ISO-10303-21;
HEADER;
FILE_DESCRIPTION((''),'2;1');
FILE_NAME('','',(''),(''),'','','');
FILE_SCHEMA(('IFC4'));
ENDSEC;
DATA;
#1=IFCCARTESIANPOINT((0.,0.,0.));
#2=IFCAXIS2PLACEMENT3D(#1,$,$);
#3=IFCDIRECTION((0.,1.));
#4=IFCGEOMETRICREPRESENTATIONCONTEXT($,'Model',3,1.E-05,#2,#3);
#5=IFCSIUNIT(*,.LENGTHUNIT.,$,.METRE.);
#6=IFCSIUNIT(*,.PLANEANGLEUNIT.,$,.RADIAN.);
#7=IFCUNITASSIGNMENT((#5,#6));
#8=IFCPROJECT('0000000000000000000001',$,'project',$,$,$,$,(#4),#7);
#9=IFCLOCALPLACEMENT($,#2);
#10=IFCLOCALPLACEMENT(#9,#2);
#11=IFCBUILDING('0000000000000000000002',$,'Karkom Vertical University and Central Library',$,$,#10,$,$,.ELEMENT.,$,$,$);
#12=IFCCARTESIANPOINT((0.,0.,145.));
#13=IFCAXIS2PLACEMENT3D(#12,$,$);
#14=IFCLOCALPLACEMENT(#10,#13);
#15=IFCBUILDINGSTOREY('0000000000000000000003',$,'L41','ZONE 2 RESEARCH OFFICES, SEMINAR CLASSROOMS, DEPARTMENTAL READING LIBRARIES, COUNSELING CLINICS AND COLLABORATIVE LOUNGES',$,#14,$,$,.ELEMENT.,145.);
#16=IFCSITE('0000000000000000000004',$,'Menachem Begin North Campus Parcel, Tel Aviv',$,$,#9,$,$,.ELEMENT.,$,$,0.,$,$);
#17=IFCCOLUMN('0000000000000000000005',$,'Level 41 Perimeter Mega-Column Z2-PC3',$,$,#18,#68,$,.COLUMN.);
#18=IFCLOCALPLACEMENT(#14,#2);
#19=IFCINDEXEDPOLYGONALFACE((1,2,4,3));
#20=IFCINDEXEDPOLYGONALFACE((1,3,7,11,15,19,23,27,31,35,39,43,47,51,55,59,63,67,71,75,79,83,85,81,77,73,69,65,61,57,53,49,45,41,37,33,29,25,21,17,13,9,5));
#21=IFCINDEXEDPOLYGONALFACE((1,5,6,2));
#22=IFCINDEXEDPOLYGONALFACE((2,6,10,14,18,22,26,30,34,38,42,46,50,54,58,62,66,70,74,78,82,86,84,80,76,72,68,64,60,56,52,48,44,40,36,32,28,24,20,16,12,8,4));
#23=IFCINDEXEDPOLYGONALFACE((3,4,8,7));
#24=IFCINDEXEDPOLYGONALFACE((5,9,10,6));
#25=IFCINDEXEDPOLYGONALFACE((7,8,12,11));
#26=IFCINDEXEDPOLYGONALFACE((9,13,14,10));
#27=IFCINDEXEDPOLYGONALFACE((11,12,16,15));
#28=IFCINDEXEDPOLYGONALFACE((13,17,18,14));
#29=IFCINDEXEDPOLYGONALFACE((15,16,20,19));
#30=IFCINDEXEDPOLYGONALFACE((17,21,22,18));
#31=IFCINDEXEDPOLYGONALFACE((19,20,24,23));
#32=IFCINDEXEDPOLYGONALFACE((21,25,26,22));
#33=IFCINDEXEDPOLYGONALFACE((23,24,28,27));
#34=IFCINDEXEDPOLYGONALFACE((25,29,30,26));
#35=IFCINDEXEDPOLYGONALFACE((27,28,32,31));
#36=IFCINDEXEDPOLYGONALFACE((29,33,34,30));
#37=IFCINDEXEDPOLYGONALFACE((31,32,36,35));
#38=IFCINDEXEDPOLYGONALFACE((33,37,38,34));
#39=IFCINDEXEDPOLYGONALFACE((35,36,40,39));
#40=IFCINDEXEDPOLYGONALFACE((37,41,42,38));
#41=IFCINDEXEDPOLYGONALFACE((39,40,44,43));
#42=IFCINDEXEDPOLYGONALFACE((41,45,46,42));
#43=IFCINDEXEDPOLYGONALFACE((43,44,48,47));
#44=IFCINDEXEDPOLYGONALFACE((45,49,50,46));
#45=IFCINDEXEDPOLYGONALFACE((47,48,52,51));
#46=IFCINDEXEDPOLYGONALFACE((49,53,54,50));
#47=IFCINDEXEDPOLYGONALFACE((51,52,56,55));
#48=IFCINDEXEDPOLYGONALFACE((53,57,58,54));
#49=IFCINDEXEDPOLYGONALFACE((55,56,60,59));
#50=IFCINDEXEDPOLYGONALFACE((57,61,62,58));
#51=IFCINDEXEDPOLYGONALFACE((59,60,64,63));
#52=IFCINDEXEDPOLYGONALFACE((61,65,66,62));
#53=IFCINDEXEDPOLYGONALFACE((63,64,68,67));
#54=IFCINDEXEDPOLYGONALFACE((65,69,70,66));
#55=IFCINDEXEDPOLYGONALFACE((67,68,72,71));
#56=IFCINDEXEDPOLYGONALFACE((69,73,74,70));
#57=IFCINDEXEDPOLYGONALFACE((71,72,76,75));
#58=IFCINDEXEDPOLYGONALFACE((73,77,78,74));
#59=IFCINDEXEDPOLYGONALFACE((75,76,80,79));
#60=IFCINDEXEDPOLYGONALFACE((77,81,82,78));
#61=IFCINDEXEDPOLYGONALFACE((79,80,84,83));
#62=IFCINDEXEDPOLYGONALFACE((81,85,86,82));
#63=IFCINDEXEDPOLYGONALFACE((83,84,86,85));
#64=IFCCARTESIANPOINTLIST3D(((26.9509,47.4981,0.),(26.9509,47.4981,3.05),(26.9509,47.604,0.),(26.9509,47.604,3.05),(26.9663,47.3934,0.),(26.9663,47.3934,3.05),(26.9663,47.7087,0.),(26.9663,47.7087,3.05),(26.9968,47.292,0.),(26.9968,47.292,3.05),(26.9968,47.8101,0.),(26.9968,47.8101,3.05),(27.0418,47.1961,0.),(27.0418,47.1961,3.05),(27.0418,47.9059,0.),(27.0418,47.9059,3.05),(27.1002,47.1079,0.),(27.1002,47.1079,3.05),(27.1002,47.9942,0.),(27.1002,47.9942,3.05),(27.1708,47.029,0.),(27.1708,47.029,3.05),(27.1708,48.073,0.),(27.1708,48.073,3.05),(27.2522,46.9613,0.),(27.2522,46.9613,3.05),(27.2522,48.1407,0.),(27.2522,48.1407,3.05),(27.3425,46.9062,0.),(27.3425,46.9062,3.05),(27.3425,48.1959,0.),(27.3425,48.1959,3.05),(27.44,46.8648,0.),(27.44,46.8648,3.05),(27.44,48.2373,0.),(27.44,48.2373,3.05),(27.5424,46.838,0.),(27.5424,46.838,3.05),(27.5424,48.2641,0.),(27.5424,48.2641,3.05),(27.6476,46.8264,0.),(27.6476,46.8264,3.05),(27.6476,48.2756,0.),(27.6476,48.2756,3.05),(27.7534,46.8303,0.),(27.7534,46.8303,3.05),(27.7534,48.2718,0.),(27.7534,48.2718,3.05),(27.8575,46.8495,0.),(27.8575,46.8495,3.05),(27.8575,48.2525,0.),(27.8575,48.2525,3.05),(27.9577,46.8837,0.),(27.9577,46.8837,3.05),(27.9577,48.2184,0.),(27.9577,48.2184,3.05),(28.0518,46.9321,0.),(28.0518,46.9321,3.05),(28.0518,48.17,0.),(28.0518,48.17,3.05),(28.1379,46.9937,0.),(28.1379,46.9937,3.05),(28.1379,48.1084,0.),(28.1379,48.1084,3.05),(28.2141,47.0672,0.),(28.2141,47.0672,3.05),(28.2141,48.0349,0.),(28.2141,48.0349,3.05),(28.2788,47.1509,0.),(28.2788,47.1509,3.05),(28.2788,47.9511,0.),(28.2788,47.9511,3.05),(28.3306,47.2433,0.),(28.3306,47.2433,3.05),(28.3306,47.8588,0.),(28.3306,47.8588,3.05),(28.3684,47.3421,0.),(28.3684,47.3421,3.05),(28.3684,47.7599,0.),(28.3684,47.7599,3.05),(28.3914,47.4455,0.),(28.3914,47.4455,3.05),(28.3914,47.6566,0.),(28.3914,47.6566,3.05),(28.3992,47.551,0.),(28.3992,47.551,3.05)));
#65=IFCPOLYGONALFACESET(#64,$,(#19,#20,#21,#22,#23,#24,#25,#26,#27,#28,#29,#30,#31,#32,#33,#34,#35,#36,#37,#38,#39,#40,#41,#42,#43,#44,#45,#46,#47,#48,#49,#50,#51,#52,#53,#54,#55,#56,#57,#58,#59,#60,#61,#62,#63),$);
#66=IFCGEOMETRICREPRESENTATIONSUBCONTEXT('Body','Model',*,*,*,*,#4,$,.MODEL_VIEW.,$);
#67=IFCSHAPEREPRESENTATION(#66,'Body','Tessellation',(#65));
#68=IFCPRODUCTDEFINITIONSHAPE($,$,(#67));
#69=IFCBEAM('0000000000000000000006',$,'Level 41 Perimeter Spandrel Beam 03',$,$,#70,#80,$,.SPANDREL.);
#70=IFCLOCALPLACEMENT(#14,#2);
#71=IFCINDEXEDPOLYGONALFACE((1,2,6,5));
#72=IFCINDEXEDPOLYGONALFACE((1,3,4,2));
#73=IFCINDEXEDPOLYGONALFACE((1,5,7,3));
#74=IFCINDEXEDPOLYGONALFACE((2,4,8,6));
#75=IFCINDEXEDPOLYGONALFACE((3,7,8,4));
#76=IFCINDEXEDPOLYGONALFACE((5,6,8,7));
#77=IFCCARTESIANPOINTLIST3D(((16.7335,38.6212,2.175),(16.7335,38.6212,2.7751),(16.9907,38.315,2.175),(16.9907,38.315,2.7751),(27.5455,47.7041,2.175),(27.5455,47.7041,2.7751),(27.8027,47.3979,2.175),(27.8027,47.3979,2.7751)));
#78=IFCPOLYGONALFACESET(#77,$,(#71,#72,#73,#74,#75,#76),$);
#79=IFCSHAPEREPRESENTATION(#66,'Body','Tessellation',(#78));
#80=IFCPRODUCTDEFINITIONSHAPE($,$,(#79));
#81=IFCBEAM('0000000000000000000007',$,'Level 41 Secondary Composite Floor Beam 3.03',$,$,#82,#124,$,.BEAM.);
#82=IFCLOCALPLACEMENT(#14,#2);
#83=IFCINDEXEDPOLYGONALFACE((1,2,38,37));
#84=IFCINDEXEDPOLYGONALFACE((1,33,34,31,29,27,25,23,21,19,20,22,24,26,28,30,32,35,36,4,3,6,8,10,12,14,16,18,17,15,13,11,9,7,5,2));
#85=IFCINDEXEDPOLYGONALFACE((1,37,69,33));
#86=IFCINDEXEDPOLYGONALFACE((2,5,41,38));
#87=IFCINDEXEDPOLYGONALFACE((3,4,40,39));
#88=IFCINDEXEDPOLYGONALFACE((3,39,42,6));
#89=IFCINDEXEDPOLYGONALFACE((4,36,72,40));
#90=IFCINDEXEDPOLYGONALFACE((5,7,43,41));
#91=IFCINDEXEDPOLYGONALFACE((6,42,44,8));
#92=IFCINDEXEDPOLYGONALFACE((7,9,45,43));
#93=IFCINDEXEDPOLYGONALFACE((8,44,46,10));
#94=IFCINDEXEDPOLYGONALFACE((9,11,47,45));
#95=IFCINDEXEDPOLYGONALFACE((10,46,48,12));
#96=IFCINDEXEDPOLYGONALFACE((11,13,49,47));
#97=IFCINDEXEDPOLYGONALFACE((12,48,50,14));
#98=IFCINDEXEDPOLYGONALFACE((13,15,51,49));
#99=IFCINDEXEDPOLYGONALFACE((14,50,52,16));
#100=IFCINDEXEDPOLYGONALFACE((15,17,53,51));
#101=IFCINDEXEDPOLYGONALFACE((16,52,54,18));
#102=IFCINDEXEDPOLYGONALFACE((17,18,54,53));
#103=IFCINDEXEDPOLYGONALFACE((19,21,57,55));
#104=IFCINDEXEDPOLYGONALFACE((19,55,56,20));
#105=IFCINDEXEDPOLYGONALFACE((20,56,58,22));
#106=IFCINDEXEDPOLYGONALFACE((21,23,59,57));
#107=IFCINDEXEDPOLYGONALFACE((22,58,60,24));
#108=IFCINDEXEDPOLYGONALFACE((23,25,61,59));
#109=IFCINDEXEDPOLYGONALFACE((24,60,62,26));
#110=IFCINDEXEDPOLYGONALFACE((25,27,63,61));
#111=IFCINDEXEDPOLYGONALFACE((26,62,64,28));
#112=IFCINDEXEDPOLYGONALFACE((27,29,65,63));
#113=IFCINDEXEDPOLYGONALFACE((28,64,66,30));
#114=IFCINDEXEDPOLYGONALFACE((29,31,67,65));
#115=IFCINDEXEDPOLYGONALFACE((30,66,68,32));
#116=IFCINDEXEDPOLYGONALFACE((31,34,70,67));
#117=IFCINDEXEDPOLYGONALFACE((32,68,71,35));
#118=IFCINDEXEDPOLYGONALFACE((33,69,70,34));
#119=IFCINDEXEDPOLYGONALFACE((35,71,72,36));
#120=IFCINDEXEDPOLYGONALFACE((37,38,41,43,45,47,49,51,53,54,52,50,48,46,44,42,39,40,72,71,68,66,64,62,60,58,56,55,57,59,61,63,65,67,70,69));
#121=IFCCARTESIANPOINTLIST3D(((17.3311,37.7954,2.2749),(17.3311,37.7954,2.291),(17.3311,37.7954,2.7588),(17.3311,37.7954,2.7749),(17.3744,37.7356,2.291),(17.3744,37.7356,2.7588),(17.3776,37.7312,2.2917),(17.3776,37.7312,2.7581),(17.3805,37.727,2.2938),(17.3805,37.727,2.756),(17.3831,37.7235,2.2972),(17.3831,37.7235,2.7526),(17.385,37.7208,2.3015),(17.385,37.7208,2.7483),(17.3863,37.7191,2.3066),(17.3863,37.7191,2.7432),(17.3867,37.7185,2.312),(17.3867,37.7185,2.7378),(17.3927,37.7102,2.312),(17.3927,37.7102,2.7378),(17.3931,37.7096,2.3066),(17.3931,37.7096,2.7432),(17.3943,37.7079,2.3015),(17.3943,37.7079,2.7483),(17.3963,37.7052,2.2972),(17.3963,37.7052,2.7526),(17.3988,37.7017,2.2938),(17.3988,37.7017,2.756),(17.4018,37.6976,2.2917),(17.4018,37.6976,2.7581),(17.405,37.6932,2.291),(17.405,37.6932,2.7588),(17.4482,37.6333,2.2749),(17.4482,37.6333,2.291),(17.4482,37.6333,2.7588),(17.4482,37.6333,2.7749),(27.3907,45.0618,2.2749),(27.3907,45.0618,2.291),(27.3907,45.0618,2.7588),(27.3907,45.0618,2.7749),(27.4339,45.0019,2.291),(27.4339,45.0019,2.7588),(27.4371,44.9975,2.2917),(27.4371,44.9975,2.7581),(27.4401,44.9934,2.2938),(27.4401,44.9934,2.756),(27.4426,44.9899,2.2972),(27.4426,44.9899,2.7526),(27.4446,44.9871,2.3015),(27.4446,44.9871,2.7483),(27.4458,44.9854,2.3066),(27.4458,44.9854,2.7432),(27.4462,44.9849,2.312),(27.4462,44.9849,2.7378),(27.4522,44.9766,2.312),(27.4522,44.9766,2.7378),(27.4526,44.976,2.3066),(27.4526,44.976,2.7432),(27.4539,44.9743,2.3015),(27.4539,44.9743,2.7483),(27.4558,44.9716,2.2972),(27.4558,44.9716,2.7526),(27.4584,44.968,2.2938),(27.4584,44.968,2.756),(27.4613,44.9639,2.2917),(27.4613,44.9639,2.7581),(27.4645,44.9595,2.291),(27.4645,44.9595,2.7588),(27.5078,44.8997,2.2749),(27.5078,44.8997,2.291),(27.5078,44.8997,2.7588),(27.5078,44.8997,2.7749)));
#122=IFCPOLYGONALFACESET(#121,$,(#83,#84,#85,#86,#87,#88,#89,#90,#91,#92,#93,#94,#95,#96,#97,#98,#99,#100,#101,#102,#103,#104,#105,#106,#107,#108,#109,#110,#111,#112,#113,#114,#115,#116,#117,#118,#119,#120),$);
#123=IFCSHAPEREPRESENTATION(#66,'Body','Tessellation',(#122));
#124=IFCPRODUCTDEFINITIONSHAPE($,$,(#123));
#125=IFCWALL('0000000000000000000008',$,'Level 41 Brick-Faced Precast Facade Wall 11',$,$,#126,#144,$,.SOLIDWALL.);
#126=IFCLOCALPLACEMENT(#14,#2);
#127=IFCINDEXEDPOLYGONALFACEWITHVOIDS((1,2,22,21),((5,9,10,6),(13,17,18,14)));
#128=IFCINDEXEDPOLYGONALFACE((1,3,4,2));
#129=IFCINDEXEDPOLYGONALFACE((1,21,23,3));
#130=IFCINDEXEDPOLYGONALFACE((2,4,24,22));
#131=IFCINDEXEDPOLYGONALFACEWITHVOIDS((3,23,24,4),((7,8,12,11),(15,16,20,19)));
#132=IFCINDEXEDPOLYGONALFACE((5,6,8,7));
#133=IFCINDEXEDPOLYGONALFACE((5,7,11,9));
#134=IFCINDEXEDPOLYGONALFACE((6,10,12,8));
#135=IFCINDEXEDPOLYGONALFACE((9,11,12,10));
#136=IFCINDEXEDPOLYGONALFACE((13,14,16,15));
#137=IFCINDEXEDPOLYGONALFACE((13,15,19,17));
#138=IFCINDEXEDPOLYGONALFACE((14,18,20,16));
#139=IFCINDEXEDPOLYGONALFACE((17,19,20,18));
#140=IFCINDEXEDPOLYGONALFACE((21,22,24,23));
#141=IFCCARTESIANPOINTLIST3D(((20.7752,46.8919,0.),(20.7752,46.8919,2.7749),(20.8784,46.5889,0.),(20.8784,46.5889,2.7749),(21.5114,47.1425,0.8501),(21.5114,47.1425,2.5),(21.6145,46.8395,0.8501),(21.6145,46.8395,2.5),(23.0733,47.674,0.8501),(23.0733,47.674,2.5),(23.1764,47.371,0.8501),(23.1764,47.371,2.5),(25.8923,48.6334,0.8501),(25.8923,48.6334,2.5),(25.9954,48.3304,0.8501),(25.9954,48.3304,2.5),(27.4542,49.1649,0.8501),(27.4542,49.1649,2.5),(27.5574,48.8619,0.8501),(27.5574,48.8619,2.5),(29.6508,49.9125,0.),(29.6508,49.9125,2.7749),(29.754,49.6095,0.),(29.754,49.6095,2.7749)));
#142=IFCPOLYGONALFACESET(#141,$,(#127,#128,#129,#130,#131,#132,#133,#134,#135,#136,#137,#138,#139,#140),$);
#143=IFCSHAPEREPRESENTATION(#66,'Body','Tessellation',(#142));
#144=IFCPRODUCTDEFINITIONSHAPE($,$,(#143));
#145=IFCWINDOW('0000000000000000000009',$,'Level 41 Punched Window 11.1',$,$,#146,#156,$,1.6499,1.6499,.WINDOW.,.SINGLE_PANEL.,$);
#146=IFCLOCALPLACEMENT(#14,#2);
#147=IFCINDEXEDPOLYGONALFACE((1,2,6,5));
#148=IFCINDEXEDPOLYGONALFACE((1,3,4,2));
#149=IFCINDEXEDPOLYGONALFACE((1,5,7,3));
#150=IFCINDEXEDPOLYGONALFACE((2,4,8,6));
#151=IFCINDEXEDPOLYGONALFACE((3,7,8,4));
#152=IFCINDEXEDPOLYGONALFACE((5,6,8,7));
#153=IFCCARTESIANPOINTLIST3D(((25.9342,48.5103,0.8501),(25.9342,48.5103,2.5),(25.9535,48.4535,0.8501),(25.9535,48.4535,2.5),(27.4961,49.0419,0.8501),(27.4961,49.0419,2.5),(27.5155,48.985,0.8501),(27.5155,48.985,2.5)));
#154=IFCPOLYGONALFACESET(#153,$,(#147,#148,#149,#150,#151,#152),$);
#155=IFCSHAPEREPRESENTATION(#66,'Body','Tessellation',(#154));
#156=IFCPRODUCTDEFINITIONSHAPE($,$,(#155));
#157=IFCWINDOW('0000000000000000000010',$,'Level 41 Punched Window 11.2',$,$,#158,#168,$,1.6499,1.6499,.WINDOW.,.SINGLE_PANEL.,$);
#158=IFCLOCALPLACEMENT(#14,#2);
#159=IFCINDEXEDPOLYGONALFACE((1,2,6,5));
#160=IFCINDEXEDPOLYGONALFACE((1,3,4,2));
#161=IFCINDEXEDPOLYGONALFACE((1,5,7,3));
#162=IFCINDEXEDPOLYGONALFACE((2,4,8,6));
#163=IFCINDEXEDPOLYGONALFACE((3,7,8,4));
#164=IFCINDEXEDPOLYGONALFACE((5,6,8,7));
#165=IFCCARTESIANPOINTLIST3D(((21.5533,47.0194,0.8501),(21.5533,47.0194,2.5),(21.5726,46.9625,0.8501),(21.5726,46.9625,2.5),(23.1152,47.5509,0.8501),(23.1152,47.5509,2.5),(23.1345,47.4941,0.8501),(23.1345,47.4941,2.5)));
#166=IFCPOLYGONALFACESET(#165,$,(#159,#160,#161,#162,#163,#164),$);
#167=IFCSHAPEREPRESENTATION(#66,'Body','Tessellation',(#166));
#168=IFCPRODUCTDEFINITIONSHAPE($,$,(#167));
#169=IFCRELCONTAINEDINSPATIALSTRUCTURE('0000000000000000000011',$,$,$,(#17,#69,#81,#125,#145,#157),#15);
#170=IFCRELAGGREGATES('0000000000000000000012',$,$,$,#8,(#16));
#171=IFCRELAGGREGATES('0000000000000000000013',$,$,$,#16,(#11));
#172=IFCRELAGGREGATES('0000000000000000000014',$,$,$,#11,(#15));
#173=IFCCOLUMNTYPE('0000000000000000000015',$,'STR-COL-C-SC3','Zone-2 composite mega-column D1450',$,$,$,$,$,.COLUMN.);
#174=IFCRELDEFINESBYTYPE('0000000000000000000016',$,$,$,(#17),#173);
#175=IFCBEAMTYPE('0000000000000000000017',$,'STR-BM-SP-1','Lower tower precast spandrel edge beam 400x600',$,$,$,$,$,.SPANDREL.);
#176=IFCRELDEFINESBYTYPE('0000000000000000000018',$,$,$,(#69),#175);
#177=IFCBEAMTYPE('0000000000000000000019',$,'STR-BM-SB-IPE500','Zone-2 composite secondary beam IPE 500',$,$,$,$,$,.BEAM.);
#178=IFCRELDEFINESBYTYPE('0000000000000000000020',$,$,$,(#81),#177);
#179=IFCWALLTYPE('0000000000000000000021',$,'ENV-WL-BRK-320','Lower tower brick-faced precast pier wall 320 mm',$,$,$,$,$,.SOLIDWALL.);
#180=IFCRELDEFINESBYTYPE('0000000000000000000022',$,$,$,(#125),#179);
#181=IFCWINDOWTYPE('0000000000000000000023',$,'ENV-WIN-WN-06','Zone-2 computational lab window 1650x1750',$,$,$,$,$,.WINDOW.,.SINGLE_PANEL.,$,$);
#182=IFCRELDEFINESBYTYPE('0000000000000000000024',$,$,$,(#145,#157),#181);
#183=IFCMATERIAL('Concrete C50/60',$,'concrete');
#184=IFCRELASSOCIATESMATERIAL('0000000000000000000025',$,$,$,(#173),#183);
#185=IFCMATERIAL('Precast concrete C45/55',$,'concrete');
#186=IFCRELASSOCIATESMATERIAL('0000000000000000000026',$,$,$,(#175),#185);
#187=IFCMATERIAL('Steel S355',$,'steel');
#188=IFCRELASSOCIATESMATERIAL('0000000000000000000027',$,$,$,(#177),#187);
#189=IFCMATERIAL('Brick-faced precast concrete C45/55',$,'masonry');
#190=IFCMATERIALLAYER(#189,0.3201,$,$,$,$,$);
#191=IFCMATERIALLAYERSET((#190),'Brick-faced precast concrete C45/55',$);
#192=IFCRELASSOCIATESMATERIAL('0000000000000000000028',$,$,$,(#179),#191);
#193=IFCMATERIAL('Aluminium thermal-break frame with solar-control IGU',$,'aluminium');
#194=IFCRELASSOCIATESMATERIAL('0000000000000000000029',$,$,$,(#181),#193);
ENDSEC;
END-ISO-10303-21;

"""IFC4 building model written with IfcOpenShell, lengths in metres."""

from ifc_helpers import new_model, si_unit, direction, frame, frame_2d, origin, origin_with_axes, origin_2d, place, context, subcontext, project, spatial, rectangle, circle, i_section, extrude, source, transform, mapped, material, layer, layer_set, material_profile, profile_set, type_object, element, fill, save


model = new_model("IFC4")

# Units and contexts
model_context = context("Model", 3, precision=1e-05, world=origin(), true_north=direction((0.0, 1.0)))
body_context = subcontext(model_context, "Body", "Model", "MODEL_VIEW")
ifc_project = project(units=[si_unit("LENGTHUNIT", "METRE"), si_unit("PLANEANGLEUNIT", "RADIAN")], contexts=[model_context])

# Site, building, storey
site_placement = place(None, origin())
site = spatial("IfcSite", under=ifc_project, at=site_placement, Name="Menachem Begin North Campus Parcel, Tel Aviv", CompositionType="ELEMENT", RefElevation=0.0)
building_placement = place(site_placement, origin())
building = spatial("IfcBuilding", under=site, at=building_placement, Name="Karkom Vertical University and Central Library", CompositionType="ELEMENT")
storey_placement = place(building_placement, frame((0.0, 0.0, 145.0)))
storey = spatial("IfcBuildingStorey", under=building, at=storey_placement, Name="L41", Description="ZONE 2 RESEARCH OFFICES, SEMINAR CLASSROOMS, DEPARTMENTAL READING LIBRARIES, COUNSELING CLINICS AND COLLABORATIVE LOUNGES", CompositionType="ELEMENT", Elevation=145.0)

# Column
ifc_material_1 = material(Name="Concrete C50/60", Category="concrete")
ifc_material_profile_1 = material_profile(ifc_material_1, circle(Radius=0.7251, at=origin_2d()), Name="CFT-D1450")
ifc_profile_set_1 = profile_set([ifc_material_profile_1], Name="Concrete C50/60")
column_type = type_object("IfcColumnType", Name="STR-COL-C-SC3", Description="Zone-2 composite mega-column D1450", PredefinedType="COLUMN", material=ifc_profile_set_1)
shared_shape_1 = source(origin_with_axes(), body_context, "Body", "SweptSolid", [
    extrude(circle(Radius=0.7251, at=origin_2d()), origin(), (0.0, 0.0, 1.0), 3.05),
])
column_placement = place(storey_placement, frame((27.6741, 47.551, 0.0), z_axis=(0.0, 0.0, 1.0), x_axis=(1.0, 0.0, 0.0)))
element("IfcColumn", 1, at=column_placement, inside=storey, type_object=column_type, Name="Level 41 Perimeter Mega-Column Z2-PC3", PredefinedType="COLUMN", context=body_context, shape_type="MappedRepresentation", body=[
    mapped(shared_shape_1, transform((0.0, 0.0, 0.0), scale=1.0)),
])

# Beams
ifc_material_2 = material(Name="Precast concrete C45/55", Category="concrete")
ifc_material_profile_2 = material_profile(ifc_material_2, rectangle(XDim=0.3999, YDim=0.6001, at=origin_2d()), Name="SPB-400x600")
ifc_profile_set_2 = profile_set([ifc_material_profile_2], Name="Precast concrete C45/55")
beam_type_1 = type_object("IfcBeamType", Name="STR-BM-SP-1", Description="Lower tower precast spandrel edge beam 400x600", PredefinedType="SPANDREL", material=ifc_profile_set_2)
shared_shape_2 = source(origin_with_axes(), body_context, "Body", "SweptSolid", [
    extrude(rectangle(XDim=0.3999, YDim=0.6001, at=origin_2d()), origin(), (0.0, 0.0, 1.0), 14.1208),
])
beam_1_placement = place(storey_placement, frame((27.6741, 47.551, 2.4751), z_axis=(-0.765673, -0.64323, 0.0), x_axis=(0.64323, -0.765673, 0.0)))
element("IfcBeam", 2, at=beam_1_placement, inside=storey, type_object=beam_type_1, Name="Level 41 Perimeter Spandrel Beam 03", PredefinedType="SPANDREL", context=body_context, shape_type="MappedRepresentation", body=[
    mapped(shared_shape_2, transform((0.0, 0.0, 0.0), scale=1.0)),
])
ifc_material_3 = material(Name="Steel S355", Category="steel")
ifc_material_profile_3 = material_profile(ifc_material_3, i_section(OverallWidth=0.2, OverallDepth=0.5, WebThickness=0.0103, FlangeThickness=0.0161, FilletRadius=0.021, at=origin_2d()), Name="IPE 500")
ifc_profile_set_3 = profile_set([ifc_material_profile_3], Name="Steel S355")
beam_type_2 = type_object("IfcBeamType", Name="STR-BM-SB-IPE500", Description="Zone-2 composite secondary beam IPE 500", PredefinedType="BEAM", material=ifc_profile_set_3)
shared_shape_3 = source(origin_with_axes(), body_context, "Body", "SweptSolid", [
    extrude(i_section(OverallWidth=0.2, OverallDepth=0.5, WebThickness=0.0103, FlangeThickness=0.0161, FilletRadius=0.021, at=origin_2d()), origin(), (0.0, 0.0, 1.0), 12.4094),
])
beam_2_placement = place(storey_placement, frame((27.4492, 44.9807, 2.5249), z_axis=(-0.810637, -0.585549, 0.0), x_axis=(0.585549, -0.810637, 0.0)))
element("IfcBeam", 3, at=beam_2_placement, inside=storey, type_object=beam_type_2, Name="Level 41 Secondary Composite Floor Beam 3.03", PredefinedType="BEAM", context=body_context, shape_type="MappedRepresentation", body=[
    mapped(shared_shape_3, transform((0.0, 0.0, 0.0), scale=1.0)),
])

# Wall, openings, windows
ifc_material_4 = material(Name="Brick-faced precast concrete C45/55", Category="masonry")
ifc_layer_1 = layer(ifc_material_4, 0.3201)
ifc_layer_set_1 = layer_set([ifc_layer_1], Name="Brick-faced precast concrete C45/55")
wall_type_1 = type_object("IfcWallType", Name="ENV-WL-BRK-320", Description="Lower tower brick-faced precast pier wall 320 mm", PredefinedType="SOLIDWALL", material=ifc_layer_set_1)
wall_1_placement = place(storey_placement, frame((29.7024, 49.761, 0.0), z_axis=(0.0, 0.0, 1.0), x_axis=(-0.94668, -0.322174, 0.0)))
wall_1 = element("IfcWall", 4, at=wall_1_placement, inside=storey, type_object=wall_type_1, Name="Level 41 Brick-Faced Precast Facade Wall 11", PredefinedType="SOLIDWALL", context=body_context, shape_type="SweptSolid", body=[
    extrude(rectangle(XDim=9.3755, YDim=0.3201, at=frame_2d((4.6877, 0.0))), origin(), (0.0, 0.0, 1.0), 2.7749),
])
opening_1_placement = place(wall_1_placement, frame((2.3203, 0.0, 0.8501)))
opening_1 = element("IfcOpeningElement", 5, at=opening_1_placement, cuts=wall_1, PredefinedType="OPENING", context=body_context, shape_type="SweptSolid", body=[
    extrude(rectangle(XDim=1.6499, YDim=1.6499, at=frame_2d((0.825, 0.825))), frame((0.0, 0.1699, 0.0), z_axis=(0.0, -1.0, 0.0), x_axis=(1.0, 0.0, 0.0)), (0.0, 0.0, 1.0), 0.3401),
])
opening_2_placement = place(wall_1_placement, frame((6.948, 0.0, 0.8501)))
opening_2 = element("IfcOpeningElement", 6, at=opening_2_placement, cuts=wall_1, PredefinedType="OPENING", context=body_context, shape_type="SweptSolid", body=[
    extrude(rectangle(XDim=1.6499, YDim=1.6499, at=frame_2d((0.825, 0.825))), frame((0.0, 0.1699, 0.0), z_axis=(0.0, -1.0, 0.0), x_axis=(1.0, 0.0, 0.0)), (0.0, 0.0, 1.0), 0.3401),
])
ifc_material_5 = material(Name="Aluminium thermal-break frame with solar-control IGU", Category="aluminium")
window_type = type_object("IfcWindowType", Name="ENV-WIN-WN-06", Description="Zone-2 computational lab window 1650x1750", PartitioningType="SINGLE_PANEL", PredefinedType="WINDOW", material=ifc_material_5)
shared_shape_4 = source(origin_with_axes(), body_context, "Body", "SweptSolid", [
    extrude(rectangle(XDim=1.6499, YDim=1.6499, at=frame_2d((0.825, 0.825))), frame((0.0, 0.03, 0.0), z_axis=(0.0, -1.0, 0.0), x_axis=(1.0, 0.0, 0.0)), (0.0, 0.0, 1.0), 0.0601),
])
window_1_placement = place(opening_1_placement, origin())
window_1 = element("IfcWindow", 7, at=window_1_placement, inside=storey, type_object=window_type, Name="Level 41 Punched Window 11.1", OverallHeight=1.6499, OverallWidth=1.6499, PartitioningType="SINGLE_PANEL", PredefinedType="WINDOW", context=body_context, shape_type="MappedRepresentation", body=[
    mapped(shared_shape_4, transform((0.0, 0.0, 0.0), scale=1.0)),
])
fill(opening_1, window_1)
window_2_placement = place(opening_2_placement, origin())
window_2 = element("IfcWindow", 8, at=window_2_placement, inside=storey, type_object=window_type, Name="Level 41 Punched Window 11.2", OverallHeight=1.6499, OverallWidth=1.6499, PartitioningType="SINGLE_PANEL", PredefinedType="WINDOW", context=body_context, shape_type="MappedRepresentation", body=[
    mapped(shared_shape_4, transform((0.0, 0.0, 0.0), scale=1.0)),
])
fill(opening_2, window_2)

save(model, "model.ifc")
